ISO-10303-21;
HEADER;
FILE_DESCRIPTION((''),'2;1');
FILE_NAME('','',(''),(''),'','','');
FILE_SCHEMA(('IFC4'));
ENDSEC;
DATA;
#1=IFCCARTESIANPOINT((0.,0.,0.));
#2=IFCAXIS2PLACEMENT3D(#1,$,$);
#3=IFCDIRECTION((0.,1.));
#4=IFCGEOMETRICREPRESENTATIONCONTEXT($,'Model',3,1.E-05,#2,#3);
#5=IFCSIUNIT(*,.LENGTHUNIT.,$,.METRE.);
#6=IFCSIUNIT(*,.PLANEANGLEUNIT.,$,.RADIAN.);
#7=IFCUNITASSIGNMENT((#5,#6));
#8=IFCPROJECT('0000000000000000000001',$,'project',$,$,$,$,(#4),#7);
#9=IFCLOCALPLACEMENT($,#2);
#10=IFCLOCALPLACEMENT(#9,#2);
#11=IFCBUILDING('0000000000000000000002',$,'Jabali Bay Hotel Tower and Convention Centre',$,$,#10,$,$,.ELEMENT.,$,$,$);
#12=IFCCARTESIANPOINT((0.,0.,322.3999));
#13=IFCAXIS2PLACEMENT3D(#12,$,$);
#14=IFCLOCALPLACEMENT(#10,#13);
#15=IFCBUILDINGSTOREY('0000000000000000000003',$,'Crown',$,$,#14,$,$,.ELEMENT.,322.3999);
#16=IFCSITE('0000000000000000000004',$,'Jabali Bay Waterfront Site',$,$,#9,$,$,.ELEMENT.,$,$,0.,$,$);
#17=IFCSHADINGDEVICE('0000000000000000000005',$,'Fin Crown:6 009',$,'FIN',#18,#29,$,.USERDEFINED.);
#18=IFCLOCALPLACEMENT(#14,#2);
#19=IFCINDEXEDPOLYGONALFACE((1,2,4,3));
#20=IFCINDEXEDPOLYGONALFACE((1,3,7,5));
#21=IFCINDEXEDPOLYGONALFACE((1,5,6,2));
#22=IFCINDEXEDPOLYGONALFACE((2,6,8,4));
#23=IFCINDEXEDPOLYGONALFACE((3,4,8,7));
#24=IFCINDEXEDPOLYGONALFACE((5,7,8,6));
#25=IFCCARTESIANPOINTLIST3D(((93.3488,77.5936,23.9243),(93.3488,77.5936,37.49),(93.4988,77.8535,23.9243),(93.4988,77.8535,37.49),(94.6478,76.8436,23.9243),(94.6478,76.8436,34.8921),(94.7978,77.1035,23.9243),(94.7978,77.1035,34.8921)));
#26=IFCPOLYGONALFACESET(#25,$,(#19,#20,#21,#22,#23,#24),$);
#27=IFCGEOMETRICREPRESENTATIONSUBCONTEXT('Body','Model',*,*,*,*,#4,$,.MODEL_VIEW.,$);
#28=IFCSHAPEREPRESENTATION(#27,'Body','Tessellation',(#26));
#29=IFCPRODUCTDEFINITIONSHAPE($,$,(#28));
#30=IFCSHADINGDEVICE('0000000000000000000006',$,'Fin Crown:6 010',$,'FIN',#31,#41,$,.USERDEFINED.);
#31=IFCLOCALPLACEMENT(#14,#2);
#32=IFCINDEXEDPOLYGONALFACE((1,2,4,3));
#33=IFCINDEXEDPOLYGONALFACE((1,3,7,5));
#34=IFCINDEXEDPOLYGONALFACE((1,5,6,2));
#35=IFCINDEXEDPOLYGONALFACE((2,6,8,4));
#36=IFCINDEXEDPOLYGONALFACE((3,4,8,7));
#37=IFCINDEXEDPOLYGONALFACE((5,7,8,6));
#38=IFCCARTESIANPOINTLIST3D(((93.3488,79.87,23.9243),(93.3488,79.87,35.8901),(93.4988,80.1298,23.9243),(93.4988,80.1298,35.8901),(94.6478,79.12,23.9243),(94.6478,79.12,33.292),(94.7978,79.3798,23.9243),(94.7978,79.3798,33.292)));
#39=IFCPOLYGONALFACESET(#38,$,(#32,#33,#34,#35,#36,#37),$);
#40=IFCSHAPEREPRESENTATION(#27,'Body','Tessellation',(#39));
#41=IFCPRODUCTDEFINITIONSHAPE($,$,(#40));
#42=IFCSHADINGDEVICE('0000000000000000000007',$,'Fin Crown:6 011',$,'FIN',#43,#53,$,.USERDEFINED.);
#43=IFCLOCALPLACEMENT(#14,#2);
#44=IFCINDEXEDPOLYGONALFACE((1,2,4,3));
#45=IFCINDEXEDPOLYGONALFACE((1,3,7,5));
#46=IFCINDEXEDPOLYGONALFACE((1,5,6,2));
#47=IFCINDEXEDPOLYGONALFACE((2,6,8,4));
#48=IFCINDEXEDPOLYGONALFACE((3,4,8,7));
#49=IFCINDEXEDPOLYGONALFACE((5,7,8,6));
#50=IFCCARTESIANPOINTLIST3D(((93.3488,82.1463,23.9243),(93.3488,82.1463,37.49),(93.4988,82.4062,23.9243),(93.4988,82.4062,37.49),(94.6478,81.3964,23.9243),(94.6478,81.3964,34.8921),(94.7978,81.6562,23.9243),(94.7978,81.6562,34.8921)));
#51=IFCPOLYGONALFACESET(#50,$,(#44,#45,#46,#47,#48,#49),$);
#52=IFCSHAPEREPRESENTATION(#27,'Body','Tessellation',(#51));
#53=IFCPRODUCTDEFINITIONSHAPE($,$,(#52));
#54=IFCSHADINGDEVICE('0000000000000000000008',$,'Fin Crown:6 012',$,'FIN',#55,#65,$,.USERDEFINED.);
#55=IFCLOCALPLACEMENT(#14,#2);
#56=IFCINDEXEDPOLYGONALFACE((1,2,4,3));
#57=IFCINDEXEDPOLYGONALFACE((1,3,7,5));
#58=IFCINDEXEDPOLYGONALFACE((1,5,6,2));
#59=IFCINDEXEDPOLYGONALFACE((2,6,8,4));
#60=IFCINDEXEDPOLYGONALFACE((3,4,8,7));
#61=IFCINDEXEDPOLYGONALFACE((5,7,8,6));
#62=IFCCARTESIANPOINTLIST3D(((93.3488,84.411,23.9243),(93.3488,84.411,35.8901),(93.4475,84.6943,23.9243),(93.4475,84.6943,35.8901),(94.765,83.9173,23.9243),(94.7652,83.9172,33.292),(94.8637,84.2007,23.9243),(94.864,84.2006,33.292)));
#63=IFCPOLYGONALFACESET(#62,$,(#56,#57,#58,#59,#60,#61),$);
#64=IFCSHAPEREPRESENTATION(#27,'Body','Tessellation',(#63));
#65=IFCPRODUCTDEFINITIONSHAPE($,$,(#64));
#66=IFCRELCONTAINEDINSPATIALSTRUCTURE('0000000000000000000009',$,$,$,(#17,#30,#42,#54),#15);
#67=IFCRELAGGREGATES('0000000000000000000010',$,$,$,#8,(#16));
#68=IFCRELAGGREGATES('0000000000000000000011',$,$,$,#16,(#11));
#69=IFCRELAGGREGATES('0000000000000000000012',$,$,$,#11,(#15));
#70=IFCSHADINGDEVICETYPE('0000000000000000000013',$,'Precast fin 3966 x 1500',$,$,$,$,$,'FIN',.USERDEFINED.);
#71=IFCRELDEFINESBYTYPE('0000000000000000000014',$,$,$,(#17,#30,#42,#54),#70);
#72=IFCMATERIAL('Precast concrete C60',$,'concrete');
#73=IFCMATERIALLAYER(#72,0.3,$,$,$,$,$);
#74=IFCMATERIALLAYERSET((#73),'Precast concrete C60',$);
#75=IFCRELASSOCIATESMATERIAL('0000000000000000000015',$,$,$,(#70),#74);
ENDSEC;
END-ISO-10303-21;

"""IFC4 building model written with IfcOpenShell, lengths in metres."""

from ifc_helpers import new_model, si_unit, direction, frame, origin, place, context, subcontext, project, spatial, polyline, outline, extrude, material, layer, layer_set, type_object, element, save


model = new_model("IFC4")

# Units and contexts
model_context = context("Model", 3, precision=1e-05, world=origin(), true_north=direction((0.0, 1.0)))
body_context = subcontext(model_context, "Body", "Model", "MODEL_VIEW")
ifc_project = project(units=[si_unit("LENGTHUNIT", "METRE"), si_unit("PLANEANGLEUNIT", "RADIAN")], contexts=[model_context])

# Site, building, storey
site_placement = place(None, origin())
site = spatial("IfcSite", under=ifc_project, at=site_placement, Name="Jabali Bay Waterfront Site", CompositionType="ELEMENT", RefElevation=0.0)
building_placement = place(site_placement, origin())
building = spatial("IfcBuilding", under=site, at=building_placement, Name="Jabali Bay Hotel Tower and Convention Centre", CompositionType="ELEMENT")
storey_placement = place(building_placement, frame((0.0, 0.0, 322.3999)))
storey = spatial("IfcBuildingStorey", under=building, at=storey_placement, Name="Crown", CompositionType="ELEMENT", Elevation=322.3999)

# Shading devices
ifc_material_1 = material(Name="Precast concrete C60", Category="concrete")
ifc_layer_1 = layer(ifc_material_1, 0.3)
ifc_layer_set_1 = layer_set([ifc_layer_1], Name="Precast concrete C60")
shading_device_type = type_object("IfcShadingDeviceType", Name="Precast fin 3966 x 1500", ElementType="FIN", PredefinedType="USERDEFINED", material=ifc_layer_set_1)
shading_device_1_placement = place(storey_placement, frame((93.4238, 77.7236, 23.9243), z_axis=(0.0, 0.0, 1.0), x_axis=(0.866031, -0.49999, 0.0)))
element("IfcShadingDevice", 1, at=shading_device_1_placement, inside=storey, type_object=shading_device_type, Name="Fin Crown:6 009", ObjectType="FIN", PredefinedType="USERDEFINED", context=body_context, shape_type="SweptSolid", body=[
    extrude(outline(polyline([(0.0, 0.0), (1.5, 0.0), (1.5, 10.9678), (0.0, 13.5657), (0.0, 0.0)])), frame((0.0, 0.1499, 0.0), z_axis=(0.0, -1.0, 0.0), x_axis=(1.0, 0.0, 0.0)), (0.0, 0.0, 1.0), 0.3),
])
shading_device_2_placement = place(storey_placement, frame((93.4238, 80.0, 23.9243), z_axis=(0.0, 0.0, 1.0), x_axis=(0.866031, -0.49999, 0.0)))
element("IfcShadingDevice", 2, at=shading_device_2_placement, inside=storey, type_object=shading_device_type, Name="Fin Crown:6 010", ObjectType="FIN", PredefinedType="USERDEFINED", context=body_context, shape_type="SweptSolid", body=[
    extrude(outline(polyline([(0.0, 0.0), (1.5, 0.0), (1.5, 9.3677), (0.0, 11.9658), (0.0, 0.0)])), frame((0.0, 0.1499, 0.0), z_axis=(0.0, -1.0, 0.0), x_axis=(1.0, 0.0, 0.0)), (0.0, 0.0, 1.0), 0.3),
])
shading_device_3_placement = place(storey_placement, frame((93.4238, 82.2764, 23.9243), z_axis=(0.0, 0.0, 1.0), x_axis=(0.866031, -0.49999, 0.0)))
element("IfcShadingDevice", 3, at=shading_device_3_placement, inside=storey, type_object=shading_device_type, Name="Fin Crown:6 011", ObjectType="FIN", PredefinedType="USERDEFINED", context=body_context, shape_type="SweptSolid", body=[
    extrude(outline(polyline([(0.0, 0.0), (1.5, 0.0), (1.5, 10.9678), (0.0, 13.5657), (0.0, 0.0)])), frame((0.0, 0.1499, 0.0), z_axis=(0.0, -1.0, 0.0), x_axis=(1.0, 0.0, 0.0)), (0.0, 0.0, 1.0), 0.3),
])
shading_device_4_placement = place(storey_placement, frame((93.3982, 84.5527, 23.9243), z_axis=(0.0, 0.0, 1.0), x_axis=(0.944281, -0.329139, 0.0)))
element("IfcShadingDevice", 4, at=shading_device_4_placement, inside=storey, type_object=shading_device_type, Name="Fin Crown:6 012", ObjectType="FIN", PredefinedType="USERDEFINED", context=body_context, shape_type="SweptSolid", body=[
    extrude(outline(polyline([(0.0, 0.0), (1.4998, 0.0), (1.5, 9.3677), (0.0, 11.9658), (0.0, 0.0)])), frame((0.0, 0.1499, 0.0), z_axis=(0.0, -1.0, 0.0), x_axis=(1.0, 0.0, 0.0)), (0.0, 0.0, 1.0), 0.3),
])

save(model, "model.ifc")
